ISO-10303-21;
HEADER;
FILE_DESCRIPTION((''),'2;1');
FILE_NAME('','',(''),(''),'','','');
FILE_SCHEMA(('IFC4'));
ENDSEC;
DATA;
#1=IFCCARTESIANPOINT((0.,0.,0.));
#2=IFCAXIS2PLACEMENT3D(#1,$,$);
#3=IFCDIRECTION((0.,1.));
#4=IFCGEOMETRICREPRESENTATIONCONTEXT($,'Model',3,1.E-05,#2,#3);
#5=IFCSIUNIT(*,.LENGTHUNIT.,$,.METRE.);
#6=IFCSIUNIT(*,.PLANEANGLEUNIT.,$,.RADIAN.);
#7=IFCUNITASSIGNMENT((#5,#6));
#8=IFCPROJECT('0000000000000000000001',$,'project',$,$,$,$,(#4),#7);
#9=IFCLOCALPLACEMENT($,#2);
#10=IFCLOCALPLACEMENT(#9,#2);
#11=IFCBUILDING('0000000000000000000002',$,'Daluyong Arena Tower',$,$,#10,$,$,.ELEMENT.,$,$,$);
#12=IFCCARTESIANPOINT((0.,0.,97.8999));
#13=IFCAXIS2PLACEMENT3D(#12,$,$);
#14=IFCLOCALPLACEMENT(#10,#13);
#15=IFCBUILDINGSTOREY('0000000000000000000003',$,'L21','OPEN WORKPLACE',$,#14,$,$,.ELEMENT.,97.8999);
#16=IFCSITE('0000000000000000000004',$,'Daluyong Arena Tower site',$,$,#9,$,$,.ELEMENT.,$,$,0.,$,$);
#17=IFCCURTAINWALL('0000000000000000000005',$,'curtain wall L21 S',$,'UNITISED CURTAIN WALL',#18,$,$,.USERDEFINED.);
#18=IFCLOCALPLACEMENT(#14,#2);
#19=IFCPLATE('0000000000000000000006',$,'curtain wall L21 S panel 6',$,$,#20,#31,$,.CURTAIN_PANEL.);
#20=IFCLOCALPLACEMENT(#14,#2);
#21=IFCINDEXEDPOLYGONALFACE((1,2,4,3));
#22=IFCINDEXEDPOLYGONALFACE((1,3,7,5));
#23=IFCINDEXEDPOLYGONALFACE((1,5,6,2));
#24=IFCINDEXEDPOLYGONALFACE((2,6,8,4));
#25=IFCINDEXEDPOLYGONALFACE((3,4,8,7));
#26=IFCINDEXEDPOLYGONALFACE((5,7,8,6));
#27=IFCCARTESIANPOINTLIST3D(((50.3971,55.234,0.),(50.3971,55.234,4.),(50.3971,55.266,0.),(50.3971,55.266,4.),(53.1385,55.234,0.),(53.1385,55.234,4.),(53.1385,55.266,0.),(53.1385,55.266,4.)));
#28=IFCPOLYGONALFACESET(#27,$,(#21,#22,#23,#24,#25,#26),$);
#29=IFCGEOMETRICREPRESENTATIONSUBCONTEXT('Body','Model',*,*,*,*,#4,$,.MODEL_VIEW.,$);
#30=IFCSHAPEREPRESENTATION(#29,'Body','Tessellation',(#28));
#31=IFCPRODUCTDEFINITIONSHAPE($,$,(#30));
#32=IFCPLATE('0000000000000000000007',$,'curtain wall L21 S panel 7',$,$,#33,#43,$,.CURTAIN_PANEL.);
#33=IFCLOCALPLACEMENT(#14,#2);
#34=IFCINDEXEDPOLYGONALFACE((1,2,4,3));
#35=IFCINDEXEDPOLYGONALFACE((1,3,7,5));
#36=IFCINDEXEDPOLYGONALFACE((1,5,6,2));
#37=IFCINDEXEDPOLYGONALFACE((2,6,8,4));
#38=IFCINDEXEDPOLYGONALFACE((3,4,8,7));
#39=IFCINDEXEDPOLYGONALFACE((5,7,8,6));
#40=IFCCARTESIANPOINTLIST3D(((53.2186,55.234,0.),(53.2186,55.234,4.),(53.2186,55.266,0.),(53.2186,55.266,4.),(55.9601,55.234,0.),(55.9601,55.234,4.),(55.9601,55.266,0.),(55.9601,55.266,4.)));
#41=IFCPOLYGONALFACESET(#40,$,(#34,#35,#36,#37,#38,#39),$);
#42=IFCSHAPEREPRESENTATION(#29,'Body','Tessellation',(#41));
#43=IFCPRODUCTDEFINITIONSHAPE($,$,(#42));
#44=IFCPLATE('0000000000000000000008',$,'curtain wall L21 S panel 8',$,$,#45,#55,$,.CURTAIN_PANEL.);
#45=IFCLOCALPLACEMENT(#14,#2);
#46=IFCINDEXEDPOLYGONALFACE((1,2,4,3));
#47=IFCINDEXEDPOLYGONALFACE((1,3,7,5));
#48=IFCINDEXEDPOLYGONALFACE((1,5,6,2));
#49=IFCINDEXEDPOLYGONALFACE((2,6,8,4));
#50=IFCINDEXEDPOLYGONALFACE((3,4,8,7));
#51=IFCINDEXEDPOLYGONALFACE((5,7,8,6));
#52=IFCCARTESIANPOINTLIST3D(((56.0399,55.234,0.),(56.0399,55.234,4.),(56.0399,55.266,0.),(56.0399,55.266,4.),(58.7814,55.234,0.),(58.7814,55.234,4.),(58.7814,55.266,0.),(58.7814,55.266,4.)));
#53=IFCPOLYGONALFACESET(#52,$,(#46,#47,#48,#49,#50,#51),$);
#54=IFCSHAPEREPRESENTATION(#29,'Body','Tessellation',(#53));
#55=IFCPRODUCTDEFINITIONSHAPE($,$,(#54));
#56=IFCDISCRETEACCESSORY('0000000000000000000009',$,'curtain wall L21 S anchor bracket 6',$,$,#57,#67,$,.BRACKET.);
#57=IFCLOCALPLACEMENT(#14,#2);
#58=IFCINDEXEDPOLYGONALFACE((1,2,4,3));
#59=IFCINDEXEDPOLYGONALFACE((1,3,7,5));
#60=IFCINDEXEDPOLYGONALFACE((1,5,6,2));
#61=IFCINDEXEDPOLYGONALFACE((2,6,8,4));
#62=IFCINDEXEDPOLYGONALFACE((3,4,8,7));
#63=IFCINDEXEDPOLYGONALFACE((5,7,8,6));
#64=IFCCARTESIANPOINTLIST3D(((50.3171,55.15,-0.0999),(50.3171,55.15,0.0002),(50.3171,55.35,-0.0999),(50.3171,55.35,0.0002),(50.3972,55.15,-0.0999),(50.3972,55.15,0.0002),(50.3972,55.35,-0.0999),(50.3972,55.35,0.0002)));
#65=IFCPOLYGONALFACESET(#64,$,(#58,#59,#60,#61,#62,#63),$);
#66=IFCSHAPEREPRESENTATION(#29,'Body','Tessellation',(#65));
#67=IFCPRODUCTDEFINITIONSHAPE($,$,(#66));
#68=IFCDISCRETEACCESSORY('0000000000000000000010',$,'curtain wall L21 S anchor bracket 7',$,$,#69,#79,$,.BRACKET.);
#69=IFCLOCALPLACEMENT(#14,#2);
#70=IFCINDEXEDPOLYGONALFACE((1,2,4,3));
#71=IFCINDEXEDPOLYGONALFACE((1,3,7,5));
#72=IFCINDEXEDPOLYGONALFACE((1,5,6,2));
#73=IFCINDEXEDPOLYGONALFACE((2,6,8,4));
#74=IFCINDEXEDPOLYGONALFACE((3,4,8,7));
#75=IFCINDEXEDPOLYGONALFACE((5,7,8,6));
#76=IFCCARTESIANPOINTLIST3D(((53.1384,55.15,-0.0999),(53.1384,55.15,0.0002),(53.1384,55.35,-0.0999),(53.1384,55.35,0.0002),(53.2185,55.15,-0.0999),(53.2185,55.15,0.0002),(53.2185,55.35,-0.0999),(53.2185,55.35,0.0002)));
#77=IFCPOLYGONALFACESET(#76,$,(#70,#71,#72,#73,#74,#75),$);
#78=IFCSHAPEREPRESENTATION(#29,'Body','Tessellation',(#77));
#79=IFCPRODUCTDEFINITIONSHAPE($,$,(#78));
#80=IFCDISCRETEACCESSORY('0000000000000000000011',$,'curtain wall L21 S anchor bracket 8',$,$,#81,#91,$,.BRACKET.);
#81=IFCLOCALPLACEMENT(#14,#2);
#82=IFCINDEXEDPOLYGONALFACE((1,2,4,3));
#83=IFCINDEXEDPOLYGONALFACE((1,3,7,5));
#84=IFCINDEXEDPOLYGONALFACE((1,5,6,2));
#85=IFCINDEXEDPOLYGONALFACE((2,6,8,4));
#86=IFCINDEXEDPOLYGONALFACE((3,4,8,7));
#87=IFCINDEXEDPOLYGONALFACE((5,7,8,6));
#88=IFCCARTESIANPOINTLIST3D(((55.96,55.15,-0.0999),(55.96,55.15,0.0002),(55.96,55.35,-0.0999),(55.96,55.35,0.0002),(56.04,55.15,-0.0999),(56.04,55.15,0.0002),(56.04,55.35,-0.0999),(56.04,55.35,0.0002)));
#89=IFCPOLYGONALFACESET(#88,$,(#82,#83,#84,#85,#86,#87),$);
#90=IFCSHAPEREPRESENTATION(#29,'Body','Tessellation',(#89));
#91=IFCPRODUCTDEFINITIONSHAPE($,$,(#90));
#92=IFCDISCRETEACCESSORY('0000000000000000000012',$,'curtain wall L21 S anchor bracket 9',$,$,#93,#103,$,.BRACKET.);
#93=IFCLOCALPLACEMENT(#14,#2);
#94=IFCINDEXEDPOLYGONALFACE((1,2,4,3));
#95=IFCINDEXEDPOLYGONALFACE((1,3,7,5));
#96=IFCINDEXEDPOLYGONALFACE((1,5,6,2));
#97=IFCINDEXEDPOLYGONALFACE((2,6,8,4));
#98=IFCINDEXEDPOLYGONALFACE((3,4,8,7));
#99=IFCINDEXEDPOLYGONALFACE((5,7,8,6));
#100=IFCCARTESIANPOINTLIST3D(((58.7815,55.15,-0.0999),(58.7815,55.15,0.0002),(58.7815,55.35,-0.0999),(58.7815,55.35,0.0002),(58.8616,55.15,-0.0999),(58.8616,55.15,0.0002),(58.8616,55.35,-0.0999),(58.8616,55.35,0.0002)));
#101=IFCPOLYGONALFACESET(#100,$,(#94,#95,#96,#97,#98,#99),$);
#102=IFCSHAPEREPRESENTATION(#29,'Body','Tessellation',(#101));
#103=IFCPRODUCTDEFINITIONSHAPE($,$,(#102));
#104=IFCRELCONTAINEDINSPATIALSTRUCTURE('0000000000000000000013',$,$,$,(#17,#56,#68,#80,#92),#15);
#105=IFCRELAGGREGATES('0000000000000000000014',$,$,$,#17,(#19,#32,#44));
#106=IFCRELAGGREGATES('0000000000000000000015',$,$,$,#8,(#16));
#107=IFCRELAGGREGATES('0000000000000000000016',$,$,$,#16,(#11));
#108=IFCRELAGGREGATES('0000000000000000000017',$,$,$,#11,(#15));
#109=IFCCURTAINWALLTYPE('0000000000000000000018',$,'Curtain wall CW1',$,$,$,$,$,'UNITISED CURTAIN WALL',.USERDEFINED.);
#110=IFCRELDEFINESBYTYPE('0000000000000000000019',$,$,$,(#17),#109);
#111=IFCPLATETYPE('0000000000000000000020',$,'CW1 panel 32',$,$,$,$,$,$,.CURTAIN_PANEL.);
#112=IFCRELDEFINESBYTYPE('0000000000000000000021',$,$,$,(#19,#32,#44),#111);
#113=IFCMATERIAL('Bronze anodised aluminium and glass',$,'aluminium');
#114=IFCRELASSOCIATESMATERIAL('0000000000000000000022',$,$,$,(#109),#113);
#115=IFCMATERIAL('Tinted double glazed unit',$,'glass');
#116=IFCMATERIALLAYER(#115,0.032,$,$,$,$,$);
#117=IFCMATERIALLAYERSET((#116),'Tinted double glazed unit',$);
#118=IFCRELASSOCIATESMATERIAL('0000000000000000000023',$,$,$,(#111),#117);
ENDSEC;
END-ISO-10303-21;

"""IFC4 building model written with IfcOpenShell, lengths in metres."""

from ifc_helpers import new_model, si_unit, direction, frame, origin, origin_2d, place, context, subcontext, project, spatial, rectangle, extrude, material, layer, layer_set, type_object, element, aggregate, save


model = new_model("IFC4")

# Units and contexts
model_context = context("Model", 3, precision=1e-05, world=origin(), true_north=direction((0.0, 1.0)))
body_context = subcontext(model_context, "Body", "Model", "MODEL_VIEW")
ifc_project = project(units=[si_unit("LENGTHUNIT", "METRE"), si_unit("PLANEANGLEUNIT", "RADIAN")], contexts=[model_context])

# Site, building, storey
site_placement = place(None, origin())
site = spatial("IfcSite", under=ifc_project, at=site_placement, Name="Daluyong Arena Tower site", CompositionType="ELEMENT", RefElevation=0.0)
building_placement = place(site_placement, origin())
building = spatial("IfcBuilding", under=site, at=building_placement, Name="Daluyong Arena Tower", CompositionType="ELEMENT")
storey_placement = place(building_placement, frame((0.0, 0.0, 97.8999)))
storey = spatial("IfcBuildingStorey", under=building, at=storey_placement, Name="L21", Description="OPEN WORKPLACE", CompositionType="ELEMENT", Elevation=97.8999)

# Curtain wall
ifc_material_1 = material(Name="Bronze anodised aluminium and glass", Category="aluminium")
curtain_wall_type = type_object("IfcCurtainWallType", Name="Curtain wall CW1", ElementType="UNITISED CURTAIN WALL", PredefinedType="USERDEFINED", material=ifc_material_1)
curtain_wall_placement = place(storey_placement, origin())
curtain_wall = element("IfcCurtainWall", 1, at=curtain_wall_placement, inside=storey, type_object=curtain_wall_type, Name="curtain wall L21 S", ObjectType="UNITISED CURTAIN WALL", PredefinedType="USERDEFINED")

# Plates
ifc_material_2 = material(Name="Tinted double glazed unit", Category="glass")
ifc_layer = layer(ifc_material_2, 0.032)
ifc_layer_set = layer_set([ifc_layer], Name="Tinted double glazed unit")
plate_type = type_object("IfcPlateType", Name="CW1 panel 32", PredefinedType="CURTAIN_PANEL", material=ifc_layer_set)
plate_1_placement = place(storey_placement, frame((51.7678, 55.25, 0.0), z_axis=(0.0, 0.0, 1.0), x_axis=(1.0, 0.0, 0.0)))
plate_1 = element("IfcPlate", 2, at=plate_1_placement, type_object=plate_type, Name="curtain wall L21 S panel 6", PredefinedType="CURTAIN_PANEL", context=body_context, shape_type="SweptSolid", body=[
    extrude(rectangle(XDim=2.7415, YDim=0.032, at=origin_2d()), origin(), (0.0, 0.0, 1.0), 4.0),
])
plate_2_placement = place(storey_placement, frame((54.5894, 55.25, 0.0), z_axis=(0.0, 0.0, 1.0), x_axis=(1.0, 0.0, 0.0)))
plate_2 = element("IfcPlate", 3, at=plate_2_placement, type_object=plate_type, Name="curtain wall L21 S panel 7", PredefinedType="CURTAIN_PANEL", context=body_context, shape_type="SweptSolid", body=[
    extrude(rectangle(XDim=2.7415, YDim=0.032, at=origin_2d()), origin(), (0.0, 0.0, 1.0), 4.0),
])
plate_3_placement = place(storey_placement, frame((57.4106, 55.25, 0.0), z_axis=(0.0, 0.0, 1.0), x_axis=(1.0, 0.0, 0.0)))
plate_3 = element("IfcPlate", 4, at=plate_3_placement, type_object=plate_type, Name="curtain wall L21 S panel 8", PredefinedType="CURTAIN_PANEL", context=body_context, shape_type="SweptSolid", body=[
    extrude(rectangle(XDim=2.7415, YDim=0.032, at=origin_2d()), origin(), (0.0, 0.0, 1.0), 4.0),
])
aggregate(curtain_wall, [plate_1, plate_2, plate_3])

# Discrete accessories
for number, where, z_axis, x_axis, name in (
    (5, (50.3572, 55.25, -0.0999), (0.0, 0.0, 1.0), (1.0, 0.0, 0.0), "curtain wall L21 S anchor bracket 6"),
    (6, (53.1785, 55.25, -0.0999), (0.0, 0.0, 1.0), (1.0, 0.0, 0.0), "curtain wall L21 S anchor bracket 7"),
    (7, (56.0, 55.25, -0.0999), (0.0, 0.0, 1.0), (1.0, 0.0, 0.0), "curtain wall L21 S anchor bracket 8"),
    (8, (58.8215, 55.25, -0.0999), (0.0, 0.0, 1.0), (1.0, 0.0, 0.0), "curtain wall L21 S anchor bracket 9"),
):
    element("IfcDiscreteAccessory", number, at=place(storey_placement, frame(where, z_axis=z_axis, x_axis=x_axis)), inside=storey, Name=name, PredefinedType="BRACKET", context=body_context, shape_type="SweptSolid", body=[
        extrude(rectangle(XDim=0.0801, YDim=0.2, at=origin_2d()), origin(), (0.0, 0.0, 1.0), 0.1001),
    ])

save(model, "model.ifc")
